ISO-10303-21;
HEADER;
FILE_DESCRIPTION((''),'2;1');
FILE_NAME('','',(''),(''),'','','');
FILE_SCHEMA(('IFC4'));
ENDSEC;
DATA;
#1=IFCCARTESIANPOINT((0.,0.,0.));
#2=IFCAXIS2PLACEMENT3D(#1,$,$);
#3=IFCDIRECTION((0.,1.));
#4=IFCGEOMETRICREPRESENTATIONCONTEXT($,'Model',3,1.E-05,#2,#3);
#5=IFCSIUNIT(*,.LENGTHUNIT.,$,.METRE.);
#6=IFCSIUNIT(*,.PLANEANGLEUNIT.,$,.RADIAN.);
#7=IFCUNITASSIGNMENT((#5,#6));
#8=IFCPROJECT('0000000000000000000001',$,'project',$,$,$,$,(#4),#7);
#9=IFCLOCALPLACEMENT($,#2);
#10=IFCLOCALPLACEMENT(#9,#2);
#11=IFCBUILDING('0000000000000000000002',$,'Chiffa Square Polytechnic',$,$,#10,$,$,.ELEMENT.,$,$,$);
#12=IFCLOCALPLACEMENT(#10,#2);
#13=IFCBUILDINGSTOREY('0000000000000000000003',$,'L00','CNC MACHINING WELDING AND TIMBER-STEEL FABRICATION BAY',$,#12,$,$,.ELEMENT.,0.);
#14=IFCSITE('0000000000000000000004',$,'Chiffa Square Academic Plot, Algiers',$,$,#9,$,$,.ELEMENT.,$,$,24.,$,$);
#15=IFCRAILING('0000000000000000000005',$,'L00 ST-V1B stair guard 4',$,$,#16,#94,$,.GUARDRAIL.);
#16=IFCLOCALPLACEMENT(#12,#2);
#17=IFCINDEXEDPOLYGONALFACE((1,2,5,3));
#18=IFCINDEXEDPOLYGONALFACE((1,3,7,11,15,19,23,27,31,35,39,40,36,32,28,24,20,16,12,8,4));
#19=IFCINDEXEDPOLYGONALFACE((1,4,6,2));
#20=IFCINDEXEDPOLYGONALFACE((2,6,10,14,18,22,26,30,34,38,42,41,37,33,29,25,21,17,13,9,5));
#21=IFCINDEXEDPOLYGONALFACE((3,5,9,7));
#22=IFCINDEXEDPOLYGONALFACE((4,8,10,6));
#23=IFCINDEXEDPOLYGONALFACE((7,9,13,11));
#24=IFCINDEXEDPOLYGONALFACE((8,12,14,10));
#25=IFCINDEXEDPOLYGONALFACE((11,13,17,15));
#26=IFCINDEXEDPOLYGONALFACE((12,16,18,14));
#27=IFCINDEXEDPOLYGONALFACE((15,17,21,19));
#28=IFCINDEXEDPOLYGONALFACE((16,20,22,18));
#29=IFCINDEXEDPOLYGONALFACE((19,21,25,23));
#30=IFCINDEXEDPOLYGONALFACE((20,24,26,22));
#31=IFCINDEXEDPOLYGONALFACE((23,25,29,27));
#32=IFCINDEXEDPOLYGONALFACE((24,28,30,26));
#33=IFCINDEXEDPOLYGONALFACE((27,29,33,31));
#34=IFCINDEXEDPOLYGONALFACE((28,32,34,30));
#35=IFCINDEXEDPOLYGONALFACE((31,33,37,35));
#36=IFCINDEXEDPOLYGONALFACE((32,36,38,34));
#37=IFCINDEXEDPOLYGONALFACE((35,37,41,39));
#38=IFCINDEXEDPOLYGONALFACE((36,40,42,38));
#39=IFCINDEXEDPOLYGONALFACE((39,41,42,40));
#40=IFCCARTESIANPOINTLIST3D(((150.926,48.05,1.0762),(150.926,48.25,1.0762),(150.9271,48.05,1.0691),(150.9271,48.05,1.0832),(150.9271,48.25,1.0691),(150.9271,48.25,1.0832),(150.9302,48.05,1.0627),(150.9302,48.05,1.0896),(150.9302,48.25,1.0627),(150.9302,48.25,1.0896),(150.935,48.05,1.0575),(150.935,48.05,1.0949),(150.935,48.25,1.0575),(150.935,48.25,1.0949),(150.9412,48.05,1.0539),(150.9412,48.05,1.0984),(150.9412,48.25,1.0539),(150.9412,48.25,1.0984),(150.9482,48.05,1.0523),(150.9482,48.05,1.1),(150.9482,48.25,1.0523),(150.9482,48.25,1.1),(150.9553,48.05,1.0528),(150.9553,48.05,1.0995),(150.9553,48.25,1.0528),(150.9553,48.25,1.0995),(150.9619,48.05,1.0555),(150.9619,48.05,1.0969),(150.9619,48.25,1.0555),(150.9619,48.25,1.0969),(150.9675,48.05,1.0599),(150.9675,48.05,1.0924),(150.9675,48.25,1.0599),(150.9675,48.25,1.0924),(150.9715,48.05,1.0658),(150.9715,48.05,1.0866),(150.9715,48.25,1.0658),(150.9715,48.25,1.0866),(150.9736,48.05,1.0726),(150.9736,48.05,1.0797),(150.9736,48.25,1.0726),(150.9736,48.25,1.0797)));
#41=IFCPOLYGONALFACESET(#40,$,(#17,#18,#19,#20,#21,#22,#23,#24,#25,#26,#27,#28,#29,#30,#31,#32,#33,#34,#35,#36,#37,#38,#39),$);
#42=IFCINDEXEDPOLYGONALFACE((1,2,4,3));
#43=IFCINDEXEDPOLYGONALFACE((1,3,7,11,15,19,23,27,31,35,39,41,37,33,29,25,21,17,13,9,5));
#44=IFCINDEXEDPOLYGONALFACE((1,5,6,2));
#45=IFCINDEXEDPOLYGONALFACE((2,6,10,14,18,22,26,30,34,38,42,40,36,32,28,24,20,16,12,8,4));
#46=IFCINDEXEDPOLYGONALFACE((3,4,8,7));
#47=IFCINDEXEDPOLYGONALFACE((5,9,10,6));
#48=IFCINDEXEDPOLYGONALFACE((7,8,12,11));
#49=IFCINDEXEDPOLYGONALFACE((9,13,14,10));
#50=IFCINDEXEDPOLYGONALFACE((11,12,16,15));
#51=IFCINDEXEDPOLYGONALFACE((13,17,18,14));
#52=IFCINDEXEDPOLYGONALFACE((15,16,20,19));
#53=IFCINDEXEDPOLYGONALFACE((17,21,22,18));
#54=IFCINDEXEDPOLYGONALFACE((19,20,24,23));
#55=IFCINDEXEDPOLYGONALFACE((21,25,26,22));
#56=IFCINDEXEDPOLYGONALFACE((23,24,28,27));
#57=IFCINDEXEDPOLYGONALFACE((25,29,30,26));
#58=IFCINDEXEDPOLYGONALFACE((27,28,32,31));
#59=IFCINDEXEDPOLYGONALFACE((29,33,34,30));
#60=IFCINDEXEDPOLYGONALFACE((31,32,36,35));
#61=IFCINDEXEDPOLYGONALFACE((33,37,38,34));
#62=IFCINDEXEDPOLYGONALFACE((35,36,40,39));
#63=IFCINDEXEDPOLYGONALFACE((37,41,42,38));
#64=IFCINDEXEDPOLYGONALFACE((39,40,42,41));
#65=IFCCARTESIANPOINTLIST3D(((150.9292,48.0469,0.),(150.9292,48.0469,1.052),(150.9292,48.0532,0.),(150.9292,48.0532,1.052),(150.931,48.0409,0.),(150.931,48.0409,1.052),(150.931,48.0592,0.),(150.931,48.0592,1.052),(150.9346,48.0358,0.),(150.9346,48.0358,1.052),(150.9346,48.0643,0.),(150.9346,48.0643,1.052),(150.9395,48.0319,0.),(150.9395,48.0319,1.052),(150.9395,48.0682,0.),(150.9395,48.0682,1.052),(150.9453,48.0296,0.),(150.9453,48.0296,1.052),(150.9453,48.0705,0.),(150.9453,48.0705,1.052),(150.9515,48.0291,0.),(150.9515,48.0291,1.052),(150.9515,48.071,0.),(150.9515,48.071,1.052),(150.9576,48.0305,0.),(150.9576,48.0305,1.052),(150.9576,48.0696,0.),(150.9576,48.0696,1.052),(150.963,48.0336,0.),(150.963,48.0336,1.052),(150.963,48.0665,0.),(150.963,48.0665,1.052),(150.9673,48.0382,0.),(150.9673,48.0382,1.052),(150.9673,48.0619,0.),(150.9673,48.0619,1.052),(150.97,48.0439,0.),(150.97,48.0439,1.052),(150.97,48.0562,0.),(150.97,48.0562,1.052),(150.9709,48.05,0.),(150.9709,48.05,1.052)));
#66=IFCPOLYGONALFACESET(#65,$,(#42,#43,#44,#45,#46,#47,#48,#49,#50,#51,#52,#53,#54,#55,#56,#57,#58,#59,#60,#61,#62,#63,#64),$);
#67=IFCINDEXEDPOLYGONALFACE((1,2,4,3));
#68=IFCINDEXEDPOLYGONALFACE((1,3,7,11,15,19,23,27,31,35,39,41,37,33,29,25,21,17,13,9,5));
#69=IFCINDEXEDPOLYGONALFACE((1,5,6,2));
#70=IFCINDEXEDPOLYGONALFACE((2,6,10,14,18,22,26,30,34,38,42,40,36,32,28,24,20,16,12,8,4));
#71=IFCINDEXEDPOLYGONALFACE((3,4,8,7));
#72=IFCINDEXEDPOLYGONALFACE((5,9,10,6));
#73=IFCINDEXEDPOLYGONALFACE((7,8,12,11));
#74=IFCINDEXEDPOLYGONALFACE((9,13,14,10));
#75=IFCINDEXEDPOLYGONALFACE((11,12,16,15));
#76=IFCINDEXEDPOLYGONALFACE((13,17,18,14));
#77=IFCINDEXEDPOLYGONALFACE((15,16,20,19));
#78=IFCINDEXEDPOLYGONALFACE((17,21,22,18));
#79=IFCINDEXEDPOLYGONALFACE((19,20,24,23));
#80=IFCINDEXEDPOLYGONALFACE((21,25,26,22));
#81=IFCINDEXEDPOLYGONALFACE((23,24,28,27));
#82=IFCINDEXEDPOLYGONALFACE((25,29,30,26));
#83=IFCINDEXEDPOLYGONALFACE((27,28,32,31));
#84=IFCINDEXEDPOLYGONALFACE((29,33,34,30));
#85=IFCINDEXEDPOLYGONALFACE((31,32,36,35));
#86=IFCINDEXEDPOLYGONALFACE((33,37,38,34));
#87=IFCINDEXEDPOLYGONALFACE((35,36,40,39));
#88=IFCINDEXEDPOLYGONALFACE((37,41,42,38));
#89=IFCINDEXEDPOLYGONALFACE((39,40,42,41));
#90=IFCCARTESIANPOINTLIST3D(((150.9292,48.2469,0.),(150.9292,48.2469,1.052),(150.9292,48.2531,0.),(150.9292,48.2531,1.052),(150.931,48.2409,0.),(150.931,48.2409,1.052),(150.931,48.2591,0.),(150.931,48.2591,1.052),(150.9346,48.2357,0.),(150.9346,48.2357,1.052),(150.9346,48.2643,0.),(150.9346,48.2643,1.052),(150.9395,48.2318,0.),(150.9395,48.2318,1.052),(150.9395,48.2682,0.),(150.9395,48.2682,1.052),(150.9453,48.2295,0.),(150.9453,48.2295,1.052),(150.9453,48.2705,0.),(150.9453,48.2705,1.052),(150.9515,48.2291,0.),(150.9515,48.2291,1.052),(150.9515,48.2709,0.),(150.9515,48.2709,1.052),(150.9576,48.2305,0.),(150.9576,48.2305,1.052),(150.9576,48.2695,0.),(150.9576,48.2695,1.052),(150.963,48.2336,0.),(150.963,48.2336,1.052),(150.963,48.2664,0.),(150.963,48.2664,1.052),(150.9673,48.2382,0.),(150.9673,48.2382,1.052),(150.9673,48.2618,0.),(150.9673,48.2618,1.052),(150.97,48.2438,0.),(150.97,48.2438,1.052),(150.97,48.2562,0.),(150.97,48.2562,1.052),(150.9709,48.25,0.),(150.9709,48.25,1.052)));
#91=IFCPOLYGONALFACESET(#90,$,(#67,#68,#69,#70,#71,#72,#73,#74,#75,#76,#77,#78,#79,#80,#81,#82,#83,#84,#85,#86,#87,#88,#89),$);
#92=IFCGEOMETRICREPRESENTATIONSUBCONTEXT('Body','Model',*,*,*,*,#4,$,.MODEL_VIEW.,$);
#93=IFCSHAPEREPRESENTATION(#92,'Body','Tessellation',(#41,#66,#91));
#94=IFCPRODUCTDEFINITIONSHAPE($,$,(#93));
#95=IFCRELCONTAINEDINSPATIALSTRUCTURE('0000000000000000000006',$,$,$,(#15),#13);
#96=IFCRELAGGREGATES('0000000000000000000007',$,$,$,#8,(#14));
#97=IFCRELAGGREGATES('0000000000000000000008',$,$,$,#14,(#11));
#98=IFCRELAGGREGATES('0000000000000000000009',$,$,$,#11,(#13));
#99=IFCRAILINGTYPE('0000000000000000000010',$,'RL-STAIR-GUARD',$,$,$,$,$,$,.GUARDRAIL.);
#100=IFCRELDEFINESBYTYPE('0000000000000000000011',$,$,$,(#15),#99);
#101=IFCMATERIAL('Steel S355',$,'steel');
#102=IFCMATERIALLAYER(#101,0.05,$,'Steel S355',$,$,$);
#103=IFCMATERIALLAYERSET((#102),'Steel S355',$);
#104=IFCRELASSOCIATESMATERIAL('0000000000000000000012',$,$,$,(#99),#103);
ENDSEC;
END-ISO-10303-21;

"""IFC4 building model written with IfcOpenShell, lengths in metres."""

from ifc_helpers import new_model, si_unit, direction, frame, origin, origin_2d, place, context, subcontext, project, spatial, circle, extrude, material, layer, layer_set, type_object, element, save


model = new_model("IFC4")

# Units and contexts
model_context = context("Model", 3, precision=1e-05, world=origin(), true_north=direction((0.0, 1.0)))
body_context = subcontext(model_context, "Body", "Model", "MODEL_VIEW")
ifc_project = project(units=[si_unit("LENGTHUNIT", "METRE"), si_unit("PLANEANGLEUNIT", "RADIAN")], contexts=[model_context])

# Site, building, storey
site_placement = place(None, origin())
site = spatial("IfcSite", under=ifc_project, at=site_placement, Name="Chiffa Square Academic Plot, Algiers", CompositionType="ELEMENT", RefElevation=24.0)
building_placement = place(site_placement, origin())
building = spatial("IfcBuilding", under=site, at=building_placement, Name="Chiffa Square Polytechnic", CompositionType="ELEMENT")
storey_placement = place(building_placement, origin())
storey = spatial("IfcBuildingStorey", under=building, at=storey_placement, Name="L00", Description="CNC MACHINING WELDING AND TIMBER-STEEL FABRICATION BAY", CompositionType="ELEMENT", Elevation=0.0)

# Railing
ifc_material_1 = material(Name="Steel S355", Category="steel")
ifc_layer_1 = layer(ifc_material_1, 0.05, Name="Steel S355")
ifc_layer_set_1 = layer_set([ifc_layer_1], Name="Steel S355")
railing_type_1 = type_object("IfcRailingType", Name="RL-STAIR-GUARD", PredefinedType="GUARDRAIL", material=ifc_layer_set_1)
railing_1_placement = place(storey_placement, frame((150.95, 48.05, 0.0)))
element("IfcRailing", 1, at=railing_1_placement, inside=storey, type_object=railing_type_1, Name="L00 ST-V1B stair guard 4", PredefinedType="GUARDRAIL", context=body_context, shape_type="SweptSolid", body=[
    extrude(circle(Radius=0.0239, at=origin_2d()), frame((0.0, 0.0, 1.0762), z_axis=(0.0, 1.0, 0.0), x_axis=(-1.0, 0.0, 0.0)), (0.0, 0.0, 1.0), 0.2),
    extrude(circle(Radius=0.021, at=origin_2d()), origin(), (0.0, 0.0, 1.0), 1.052),
    extrude(circle(Radius=0.021, at=origin_2d()), frame((0.0, 0.2, 0.0)), (0.0, 0.0, 1.0), 1.052),
])

save(model, "model.ifc")
